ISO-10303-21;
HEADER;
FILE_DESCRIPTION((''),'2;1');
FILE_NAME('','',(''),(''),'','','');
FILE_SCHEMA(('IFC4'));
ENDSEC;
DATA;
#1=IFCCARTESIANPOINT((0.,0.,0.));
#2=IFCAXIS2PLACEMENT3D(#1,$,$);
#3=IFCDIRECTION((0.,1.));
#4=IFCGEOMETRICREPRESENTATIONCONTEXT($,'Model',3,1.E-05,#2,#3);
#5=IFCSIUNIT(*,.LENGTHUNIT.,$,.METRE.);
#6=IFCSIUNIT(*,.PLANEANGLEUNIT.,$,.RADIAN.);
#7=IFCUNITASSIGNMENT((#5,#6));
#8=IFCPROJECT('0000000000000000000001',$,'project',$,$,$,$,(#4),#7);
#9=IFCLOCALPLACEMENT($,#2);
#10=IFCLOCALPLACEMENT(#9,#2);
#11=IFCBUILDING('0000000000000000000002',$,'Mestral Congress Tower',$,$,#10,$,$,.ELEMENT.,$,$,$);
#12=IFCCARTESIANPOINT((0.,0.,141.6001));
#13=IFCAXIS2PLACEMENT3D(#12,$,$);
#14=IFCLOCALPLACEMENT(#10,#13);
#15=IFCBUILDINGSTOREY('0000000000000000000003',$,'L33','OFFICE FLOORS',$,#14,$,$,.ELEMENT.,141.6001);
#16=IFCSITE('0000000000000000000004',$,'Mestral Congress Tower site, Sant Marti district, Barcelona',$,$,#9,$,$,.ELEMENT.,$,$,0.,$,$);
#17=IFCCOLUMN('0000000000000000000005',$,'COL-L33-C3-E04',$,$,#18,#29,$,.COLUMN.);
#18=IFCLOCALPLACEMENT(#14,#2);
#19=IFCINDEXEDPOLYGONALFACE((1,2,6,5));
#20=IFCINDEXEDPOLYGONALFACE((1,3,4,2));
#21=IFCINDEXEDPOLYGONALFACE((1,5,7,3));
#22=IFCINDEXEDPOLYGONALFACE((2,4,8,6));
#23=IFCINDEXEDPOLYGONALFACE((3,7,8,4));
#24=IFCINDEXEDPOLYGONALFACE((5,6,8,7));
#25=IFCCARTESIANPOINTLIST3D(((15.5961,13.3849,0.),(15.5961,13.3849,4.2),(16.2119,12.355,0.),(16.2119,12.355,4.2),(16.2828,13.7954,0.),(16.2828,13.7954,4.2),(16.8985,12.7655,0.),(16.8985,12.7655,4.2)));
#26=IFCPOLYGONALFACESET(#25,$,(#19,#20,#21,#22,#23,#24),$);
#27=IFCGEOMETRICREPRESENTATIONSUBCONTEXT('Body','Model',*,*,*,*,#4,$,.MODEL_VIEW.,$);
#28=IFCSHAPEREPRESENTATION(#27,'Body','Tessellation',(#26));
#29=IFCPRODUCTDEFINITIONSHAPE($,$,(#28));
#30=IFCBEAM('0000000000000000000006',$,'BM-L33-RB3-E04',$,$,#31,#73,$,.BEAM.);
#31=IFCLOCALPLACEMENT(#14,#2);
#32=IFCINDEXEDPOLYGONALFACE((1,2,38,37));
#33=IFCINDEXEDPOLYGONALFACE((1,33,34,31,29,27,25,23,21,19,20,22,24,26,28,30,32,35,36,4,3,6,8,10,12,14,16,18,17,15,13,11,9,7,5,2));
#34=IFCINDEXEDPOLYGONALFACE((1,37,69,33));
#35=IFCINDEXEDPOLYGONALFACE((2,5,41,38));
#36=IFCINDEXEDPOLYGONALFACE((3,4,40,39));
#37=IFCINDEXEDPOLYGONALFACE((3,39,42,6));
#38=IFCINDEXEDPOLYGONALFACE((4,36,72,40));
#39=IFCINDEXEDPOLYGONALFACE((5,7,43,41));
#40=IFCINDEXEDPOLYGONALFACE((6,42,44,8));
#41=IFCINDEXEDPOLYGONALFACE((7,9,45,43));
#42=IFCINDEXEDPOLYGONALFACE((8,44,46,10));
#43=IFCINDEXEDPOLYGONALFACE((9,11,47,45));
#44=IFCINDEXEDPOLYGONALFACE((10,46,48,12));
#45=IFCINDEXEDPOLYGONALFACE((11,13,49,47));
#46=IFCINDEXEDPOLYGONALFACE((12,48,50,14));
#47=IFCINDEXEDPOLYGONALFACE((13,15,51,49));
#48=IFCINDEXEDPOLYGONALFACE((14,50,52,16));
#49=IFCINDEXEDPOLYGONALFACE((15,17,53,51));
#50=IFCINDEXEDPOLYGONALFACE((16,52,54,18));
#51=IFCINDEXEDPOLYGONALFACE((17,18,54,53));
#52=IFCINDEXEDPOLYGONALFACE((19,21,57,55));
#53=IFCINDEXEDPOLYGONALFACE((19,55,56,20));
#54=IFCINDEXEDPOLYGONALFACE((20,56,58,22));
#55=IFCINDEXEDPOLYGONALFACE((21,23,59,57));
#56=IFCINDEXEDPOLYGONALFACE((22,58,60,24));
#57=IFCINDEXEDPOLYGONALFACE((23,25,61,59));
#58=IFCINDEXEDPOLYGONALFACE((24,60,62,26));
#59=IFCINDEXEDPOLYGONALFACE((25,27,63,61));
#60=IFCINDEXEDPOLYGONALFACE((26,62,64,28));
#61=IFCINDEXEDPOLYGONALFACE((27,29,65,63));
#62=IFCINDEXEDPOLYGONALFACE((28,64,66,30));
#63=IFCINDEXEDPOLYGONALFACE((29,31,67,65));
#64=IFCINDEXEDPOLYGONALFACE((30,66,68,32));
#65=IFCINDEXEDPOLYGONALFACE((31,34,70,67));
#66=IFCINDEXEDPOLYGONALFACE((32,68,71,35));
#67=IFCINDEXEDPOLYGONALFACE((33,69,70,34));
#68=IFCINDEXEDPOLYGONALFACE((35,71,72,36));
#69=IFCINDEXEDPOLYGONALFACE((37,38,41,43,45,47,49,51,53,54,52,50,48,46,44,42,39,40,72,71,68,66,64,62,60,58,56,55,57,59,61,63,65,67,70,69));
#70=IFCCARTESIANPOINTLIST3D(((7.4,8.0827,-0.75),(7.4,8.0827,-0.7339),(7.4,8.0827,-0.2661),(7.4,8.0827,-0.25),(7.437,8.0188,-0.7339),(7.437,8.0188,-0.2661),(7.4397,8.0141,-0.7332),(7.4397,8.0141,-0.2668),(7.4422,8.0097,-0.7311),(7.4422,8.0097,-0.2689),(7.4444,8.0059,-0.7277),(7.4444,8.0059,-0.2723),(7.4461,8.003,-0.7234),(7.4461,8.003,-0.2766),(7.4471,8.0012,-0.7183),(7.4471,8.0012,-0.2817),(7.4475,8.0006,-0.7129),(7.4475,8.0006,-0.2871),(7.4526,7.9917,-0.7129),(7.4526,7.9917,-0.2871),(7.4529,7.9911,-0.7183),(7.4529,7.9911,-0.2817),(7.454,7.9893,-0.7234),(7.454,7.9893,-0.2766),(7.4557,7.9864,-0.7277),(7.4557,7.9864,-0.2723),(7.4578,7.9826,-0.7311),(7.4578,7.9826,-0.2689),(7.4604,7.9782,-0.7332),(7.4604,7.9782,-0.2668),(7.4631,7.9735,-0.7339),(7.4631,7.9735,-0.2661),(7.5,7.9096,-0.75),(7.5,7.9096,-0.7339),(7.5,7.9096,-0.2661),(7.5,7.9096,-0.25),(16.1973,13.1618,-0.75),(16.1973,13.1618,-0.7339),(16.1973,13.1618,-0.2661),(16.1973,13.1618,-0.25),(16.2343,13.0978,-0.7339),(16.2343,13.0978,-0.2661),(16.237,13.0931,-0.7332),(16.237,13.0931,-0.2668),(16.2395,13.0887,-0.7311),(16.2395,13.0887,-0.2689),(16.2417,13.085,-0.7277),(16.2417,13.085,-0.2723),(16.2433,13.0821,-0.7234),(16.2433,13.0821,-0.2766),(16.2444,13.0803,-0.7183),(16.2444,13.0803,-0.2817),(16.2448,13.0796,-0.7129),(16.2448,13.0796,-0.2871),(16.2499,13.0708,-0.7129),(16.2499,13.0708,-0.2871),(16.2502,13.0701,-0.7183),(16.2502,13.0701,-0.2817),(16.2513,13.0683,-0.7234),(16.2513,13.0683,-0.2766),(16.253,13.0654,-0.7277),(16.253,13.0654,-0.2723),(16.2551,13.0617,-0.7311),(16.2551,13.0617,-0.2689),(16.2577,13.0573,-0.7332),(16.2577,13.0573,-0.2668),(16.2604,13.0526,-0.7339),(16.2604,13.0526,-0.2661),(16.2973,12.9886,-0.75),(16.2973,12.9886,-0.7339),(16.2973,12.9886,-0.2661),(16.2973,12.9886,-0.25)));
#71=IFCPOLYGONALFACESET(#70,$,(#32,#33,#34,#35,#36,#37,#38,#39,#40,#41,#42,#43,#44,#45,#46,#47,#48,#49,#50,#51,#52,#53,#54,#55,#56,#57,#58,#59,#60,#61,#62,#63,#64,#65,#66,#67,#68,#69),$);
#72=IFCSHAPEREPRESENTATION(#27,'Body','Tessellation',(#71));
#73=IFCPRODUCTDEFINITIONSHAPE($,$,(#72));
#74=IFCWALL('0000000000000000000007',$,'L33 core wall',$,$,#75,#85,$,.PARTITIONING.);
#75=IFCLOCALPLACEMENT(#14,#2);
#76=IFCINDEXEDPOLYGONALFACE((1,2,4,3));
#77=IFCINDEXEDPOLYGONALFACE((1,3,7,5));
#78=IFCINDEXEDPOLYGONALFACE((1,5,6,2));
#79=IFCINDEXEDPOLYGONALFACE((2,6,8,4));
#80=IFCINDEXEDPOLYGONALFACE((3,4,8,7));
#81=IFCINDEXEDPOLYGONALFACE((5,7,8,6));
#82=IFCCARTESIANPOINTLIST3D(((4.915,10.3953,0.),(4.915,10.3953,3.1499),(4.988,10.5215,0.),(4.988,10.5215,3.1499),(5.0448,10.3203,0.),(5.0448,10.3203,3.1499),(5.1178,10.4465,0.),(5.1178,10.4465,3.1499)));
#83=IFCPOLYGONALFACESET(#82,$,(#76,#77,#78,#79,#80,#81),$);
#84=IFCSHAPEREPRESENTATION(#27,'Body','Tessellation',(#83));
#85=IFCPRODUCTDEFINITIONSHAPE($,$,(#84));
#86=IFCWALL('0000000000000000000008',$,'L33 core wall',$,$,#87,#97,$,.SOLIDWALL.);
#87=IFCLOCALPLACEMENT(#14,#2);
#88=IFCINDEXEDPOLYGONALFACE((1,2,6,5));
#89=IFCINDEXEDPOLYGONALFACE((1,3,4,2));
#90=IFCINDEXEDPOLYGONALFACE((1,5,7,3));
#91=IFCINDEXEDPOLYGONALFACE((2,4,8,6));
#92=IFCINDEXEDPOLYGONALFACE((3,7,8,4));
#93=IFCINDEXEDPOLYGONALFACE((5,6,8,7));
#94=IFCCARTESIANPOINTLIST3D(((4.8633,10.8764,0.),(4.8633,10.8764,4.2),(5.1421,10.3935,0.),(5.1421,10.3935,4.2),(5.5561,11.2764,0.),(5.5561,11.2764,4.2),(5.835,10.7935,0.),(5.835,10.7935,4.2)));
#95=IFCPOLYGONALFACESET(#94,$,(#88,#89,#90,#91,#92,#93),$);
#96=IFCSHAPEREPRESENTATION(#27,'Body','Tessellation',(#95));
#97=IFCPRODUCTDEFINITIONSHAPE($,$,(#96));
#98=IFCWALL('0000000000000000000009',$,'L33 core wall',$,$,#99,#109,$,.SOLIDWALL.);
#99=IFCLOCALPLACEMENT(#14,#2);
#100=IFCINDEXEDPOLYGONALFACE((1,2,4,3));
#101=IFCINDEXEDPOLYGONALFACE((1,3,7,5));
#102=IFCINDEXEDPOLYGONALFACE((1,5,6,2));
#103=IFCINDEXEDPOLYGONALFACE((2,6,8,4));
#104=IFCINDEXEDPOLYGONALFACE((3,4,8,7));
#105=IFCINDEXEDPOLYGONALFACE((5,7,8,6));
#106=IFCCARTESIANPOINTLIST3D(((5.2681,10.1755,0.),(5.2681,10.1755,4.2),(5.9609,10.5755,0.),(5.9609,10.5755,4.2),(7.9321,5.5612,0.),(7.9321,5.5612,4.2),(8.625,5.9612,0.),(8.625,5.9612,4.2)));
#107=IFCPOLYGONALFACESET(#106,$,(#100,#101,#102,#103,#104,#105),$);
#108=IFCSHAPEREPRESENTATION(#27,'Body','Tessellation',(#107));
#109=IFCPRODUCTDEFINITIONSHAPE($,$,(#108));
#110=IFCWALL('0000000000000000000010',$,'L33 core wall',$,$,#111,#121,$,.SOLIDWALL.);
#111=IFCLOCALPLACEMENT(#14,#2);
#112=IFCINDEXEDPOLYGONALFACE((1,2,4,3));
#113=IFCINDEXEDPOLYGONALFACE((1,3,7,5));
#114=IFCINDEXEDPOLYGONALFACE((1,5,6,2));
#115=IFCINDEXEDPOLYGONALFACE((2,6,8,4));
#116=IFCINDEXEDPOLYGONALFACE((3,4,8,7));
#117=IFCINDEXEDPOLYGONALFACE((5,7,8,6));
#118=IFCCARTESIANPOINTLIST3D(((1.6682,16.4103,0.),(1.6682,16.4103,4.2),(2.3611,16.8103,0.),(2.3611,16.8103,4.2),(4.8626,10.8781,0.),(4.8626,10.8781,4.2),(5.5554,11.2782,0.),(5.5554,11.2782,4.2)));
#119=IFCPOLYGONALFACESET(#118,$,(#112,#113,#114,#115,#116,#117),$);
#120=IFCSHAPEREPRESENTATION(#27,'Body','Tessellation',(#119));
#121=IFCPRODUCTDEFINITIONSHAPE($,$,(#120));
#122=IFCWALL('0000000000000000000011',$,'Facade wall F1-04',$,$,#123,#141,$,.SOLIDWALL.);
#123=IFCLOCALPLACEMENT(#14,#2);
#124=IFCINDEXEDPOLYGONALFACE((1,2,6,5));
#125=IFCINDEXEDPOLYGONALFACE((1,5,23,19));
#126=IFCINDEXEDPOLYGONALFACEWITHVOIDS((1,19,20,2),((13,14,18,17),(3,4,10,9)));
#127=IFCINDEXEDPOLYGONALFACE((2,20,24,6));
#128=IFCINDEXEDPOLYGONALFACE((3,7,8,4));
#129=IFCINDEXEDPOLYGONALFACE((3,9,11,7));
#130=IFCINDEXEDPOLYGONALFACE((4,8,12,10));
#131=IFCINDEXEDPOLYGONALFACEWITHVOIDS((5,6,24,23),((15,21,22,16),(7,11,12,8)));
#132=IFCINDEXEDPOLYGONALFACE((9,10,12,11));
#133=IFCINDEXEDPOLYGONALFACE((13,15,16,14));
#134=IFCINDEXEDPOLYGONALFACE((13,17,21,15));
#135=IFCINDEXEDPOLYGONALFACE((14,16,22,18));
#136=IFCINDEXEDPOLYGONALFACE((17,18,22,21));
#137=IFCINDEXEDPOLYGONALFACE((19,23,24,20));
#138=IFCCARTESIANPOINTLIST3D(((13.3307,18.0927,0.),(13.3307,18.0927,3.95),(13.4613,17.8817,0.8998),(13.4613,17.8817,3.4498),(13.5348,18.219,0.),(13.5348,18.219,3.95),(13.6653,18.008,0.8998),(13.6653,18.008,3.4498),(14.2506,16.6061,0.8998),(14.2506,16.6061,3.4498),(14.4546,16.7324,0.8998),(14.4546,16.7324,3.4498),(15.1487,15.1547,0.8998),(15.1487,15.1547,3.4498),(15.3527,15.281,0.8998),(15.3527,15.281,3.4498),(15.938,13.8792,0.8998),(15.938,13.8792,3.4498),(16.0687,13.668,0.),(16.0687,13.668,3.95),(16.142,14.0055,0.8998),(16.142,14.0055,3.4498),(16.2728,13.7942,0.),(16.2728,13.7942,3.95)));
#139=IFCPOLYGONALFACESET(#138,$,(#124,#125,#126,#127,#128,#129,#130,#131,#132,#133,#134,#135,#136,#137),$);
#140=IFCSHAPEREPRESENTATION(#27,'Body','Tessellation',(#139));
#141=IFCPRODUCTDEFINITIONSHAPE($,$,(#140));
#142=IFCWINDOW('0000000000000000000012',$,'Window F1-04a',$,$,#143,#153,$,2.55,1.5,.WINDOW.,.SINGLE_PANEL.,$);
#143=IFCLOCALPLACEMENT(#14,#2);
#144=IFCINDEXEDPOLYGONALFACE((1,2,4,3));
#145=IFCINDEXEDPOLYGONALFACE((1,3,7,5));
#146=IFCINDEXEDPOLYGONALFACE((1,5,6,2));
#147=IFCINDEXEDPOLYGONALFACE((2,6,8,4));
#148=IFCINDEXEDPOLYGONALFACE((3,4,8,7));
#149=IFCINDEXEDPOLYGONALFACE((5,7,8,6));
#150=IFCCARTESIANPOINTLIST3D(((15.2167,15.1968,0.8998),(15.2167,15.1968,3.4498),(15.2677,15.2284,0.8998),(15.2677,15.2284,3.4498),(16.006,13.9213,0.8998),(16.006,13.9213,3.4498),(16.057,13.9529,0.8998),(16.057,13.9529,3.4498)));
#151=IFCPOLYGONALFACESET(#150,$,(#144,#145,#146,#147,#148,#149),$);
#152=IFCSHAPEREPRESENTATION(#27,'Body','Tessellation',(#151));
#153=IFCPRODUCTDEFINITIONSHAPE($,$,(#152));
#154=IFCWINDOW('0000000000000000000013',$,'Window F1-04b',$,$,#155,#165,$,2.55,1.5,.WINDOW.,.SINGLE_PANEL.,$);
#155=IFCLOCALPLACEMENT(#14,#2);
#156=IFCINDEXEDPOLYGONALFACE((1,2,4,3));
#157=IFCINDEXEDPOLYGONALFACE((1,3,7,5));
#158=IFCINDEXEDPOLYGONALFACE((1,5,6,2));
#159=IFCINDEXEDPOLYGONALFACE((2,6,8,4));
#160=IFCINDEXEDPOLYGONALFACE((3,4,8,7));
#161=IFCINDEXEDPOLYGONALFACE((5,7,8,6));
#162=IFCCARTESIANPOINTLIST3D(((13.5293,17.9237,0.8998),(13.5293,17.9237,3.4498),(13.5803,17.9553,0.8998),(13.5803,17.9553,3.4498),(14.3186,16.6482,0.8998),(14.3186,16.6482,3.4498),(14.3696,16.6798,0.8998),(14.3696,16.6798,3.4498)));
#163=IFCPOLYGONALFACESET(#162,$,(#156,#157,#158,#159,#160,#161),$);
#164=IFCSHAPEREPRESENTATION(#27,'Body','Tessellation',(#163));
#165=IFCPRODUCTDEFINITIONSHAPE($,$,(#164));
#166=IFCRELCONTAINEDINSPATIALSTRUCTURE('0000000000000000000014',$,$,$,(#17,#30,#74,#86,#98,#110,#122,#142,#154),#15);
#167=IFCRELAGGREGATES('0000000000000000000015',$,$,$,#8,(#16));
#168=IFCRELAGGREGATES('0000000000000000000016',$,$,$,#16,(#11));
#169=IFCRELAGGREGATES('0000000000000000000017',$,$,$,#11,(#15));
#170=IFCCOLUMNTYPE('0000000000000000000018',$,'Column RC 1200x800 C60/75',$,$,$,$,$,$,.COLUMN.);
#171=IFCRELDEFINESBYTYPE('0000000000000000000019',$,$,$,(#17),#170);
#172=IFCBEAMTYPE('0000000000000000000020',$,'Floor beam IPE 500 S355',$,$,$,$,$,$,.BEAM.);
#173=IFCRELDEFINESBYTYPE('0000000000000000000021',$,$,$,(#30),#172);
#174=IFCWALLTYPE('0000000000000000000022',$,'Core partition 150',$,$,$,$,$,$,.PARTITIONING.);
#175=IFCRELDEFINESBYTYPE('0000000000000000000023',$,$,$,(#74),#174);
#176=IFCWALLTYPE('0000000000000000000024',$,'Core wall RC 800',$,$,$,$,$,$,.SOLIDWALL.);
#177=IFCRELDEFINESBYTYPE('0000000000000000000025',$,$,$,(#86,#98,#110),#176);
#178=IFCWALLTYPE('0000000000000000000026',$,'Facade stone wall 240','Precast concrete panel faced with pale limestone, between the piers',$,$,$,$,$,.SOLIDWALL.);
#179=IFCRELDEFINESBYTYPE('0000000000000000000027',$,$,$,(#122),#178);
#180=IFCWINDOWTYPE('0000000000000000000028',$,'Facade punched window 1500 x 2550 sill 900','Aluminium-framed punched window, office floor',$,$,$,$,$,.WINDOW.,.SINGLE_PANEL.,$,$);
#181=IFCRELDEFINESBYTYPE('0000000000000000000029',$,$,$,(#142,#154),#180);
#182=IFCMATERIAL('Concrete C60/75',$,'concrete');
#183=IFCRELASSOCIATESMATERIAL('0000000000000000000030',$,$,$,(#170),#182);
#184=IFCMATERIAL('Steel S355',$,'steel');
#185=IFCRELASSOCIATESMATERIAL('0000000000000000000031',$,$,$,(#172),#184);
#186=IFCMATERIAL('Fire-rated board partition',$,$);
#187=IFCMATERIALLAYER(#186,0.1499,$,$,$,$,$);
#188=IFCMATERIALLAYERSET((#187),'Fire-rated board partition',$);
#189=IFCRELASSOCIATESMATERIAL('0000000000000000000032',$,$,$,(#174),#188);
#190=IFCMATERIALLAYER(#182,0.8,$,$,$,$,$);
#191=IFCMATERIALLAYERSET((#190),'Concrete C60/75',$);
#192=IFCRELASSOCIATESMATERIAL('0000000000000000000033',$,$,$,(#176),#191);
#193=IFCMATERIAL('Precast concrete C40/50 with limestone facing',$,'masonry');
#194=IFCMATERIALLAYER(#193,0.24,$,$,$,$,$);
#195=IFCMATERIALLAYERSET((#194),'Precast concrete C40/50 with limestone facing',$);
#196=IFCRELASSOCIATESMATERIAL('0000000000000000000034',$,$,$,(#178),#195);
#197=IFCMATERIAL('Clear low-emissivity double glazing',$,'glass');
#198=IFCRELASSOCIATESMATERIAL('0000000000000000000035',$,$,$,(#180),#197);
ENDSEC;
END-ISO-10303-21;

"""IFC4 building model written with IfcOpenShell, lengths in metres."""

from ifc_helpers import new_model, si_unit, direction, frame, frame_2d, origin, origin_2d, place, context, subcontext, project, spatial, rectangle, i_section, extrude, material, layer, layer_set, material_profile, profile_set, type_object, element, fill, save


model = new_model("IFC4")

# Units and contexts
model_context = context("Model", 3, precision=1e-05, world=origin(), true_north=direction((0.0, 1.0)))
body_context = subcontext(model_context, "Body", "Model", "MODEL_VIEW")
ifc_project = project(units=[si_unit("LENGTHUNIT", "METRE"), si_unit("PLANEANGLEUNIT", "RADIAN")], contexts=[model_context])

# Site, building, storey
site_placement = place(None, origin())
site = spatial("IfcSite", under=ifc_project, at=site_placement, Name="Mestral Congress Tower site, Sant Marti district, Barcelona", CompositionType="ELEMENT", RefElevation=0.0)
building_placement = place(site_placement, origin())
building = spatial("IfcBuilding", under=site, at=building_placement, Name="Mestral Congress Tower", CompositionType="ELEMENT")
storey_placement = place(building_placement, frame((0.0, 0.0, 141.6001)))
storey = spatial("IfcBuildingStorey", under=building, at=storey_placement, Name="L33", Description="OFFICE FLOORS", CompositionType="ELEMENT", Elevation=141.6001)

# Column
ifc_material_1 = material(Name="Concrete C60/75", Category="concrete")
ifc_material_profile_1 = material_profile(ifc_material_1, rectangle(XDim=1.2, YDim=0.8, at=origin_2d()), Name="RC 1200x800")
ifc_profile_set_1 = profile_set([ifc_material_profile_1], Name="Concrete C60/75")
column_type = type_object("IfcColumnType", Name="Column RC 1200x800 C60/75", PredefinedType="COLUMN", material=ifc_profile_set_1)
column_placement = place(storey_placement, frame((16.2473, 13.0752, 0.0), z_axis=(0.0, 0.0, 1.0), x_axis=(-0.513159, 0.858293, 0.0)))
element("IfcColumn", 1, at=column_placement, inside=storey, type_object=column_type, Name="COL-L33-C3-E04", PredefinedType="COLUMN", context=body_context, shape_type="SweptSolid", body=[
    extrude(rectangle(XDim=1.2, YDim=0.8, at=origin_2d()), origin(), (0.0, 0.0, 1.0), 4.2),
])

# Beam
ifc_material_2 = material(Name="Steel S355", Category="steel")
ifc_material_profile_2 = material_profile(ifc_material_2, i_section(OverallWidth=0.2, OverallDepth=0.5, WebThickness=0.0103, FlangeThickness=0.0161, FilletRadius=0.021, at=origin_2d()), Name="IPE 500")
ifc_profile_set_2 = profile_set([ifc_material_profile_2], Name="Steel S355")
beam_type = type_object("IfcBeamType", Name="Floor beam IPE 500 S355", PredefinedType="BEAM", material=ifc_profile_set_2)
beam_placement = place(storey_placement, frame((16.2473, 13.0752, -0.5), z_axis=(-0.866028, -0.499996, 0.0), x_axis=(0.499996, -0.866028, 0.0)))
element("IfcBeam", 2, at=beam_placement, inside=storey, type_object=beam_type, Name="BM-L33-RB3-E04", PredefinedType="BEAM", context=body_context, shape_type="SweptSolid", body=[
    extrude(i_section(OverallWidth=0.2, OverallDepth=0.5, WebThickness=0.0103, FlangeThickness=0.0161, FilletRadius=0.021, at=origin_2d()), origin(), (0.0, 0.0, 1.0), 10.1582),
])

# Walls
ifc_material_3 = material(Name="Fire-rated board partition")
ifc_layer_1 = layer(ifc_material_3, 0.1499)
ifc_layer_set_1 = layer_set([ifc_layer_1], Name="Fire-rated board partition")
wall_type_1 = type_object("IfcWallType", Name="Core partition 150", PredefinedType="PARTITIONING", material=ifc_layer_set_1)
wall_1_placement = place(storey_placement, frame((4.98, 10.3579, 0.0), z_axis=(0.0, 0.0, 1.0), x_axis=(0.50064, 0.865655, 0.0)))
element("IfcWall", 3, at=wall_1_placement, inside=storey, type_object=wall_type_1, Name="L33 core wall", PredefinedType="PARTITIONING", context=body_context, shape_type="SweptSolid", body=[
    extrude(rectangle(XDim=0.1458, YDim=0.1499, at=frame_2d((0.0728, 0.0))), origin(), (0.0, 0.0, 1.0), 3.1499),
])
ifc_layer_2 = layer(ifc_material_1, 0.8)
ifc_layer_set_2 = layer_set([ifc_layer_2], Name="Concrete C60/75")
wall_type_2 = type_object("IfcWallType", Name="Core wall RC 800", PredefinedType="SOLIDWALL", material=ifc_layer_set_2)
wall_2_placement = place(storey_placement, frame((5.4885, 10.5935, 0.0), z_axis=(0.0, 0.0, 1.0), x_axis=(-0.5, 0.866025, 0.0)))
element("IfcWall", 4, at=wall_2_placement, inside=storey, type_object=wall_type_2, Name="L33 core wall", PredefinedType="SOLIDWALL", context=body_context, shape_type="SweptSolid", body=[
    extrude(rectangle(XDim=0.5576, YDim=0.8, at=frame_2d((0.2788, 0.0))), origin(), (0.0, 0.0, 1.0), 4.2),
])
wall_3_placement = place(storey_placement, frame((5.6145, 10.3755, 0.0), z_axis=(0.0, 0.0, 1.0), x_axis=(0.500003, -0.866024, 0.0)))
element("IfcWall", 5, at=wall_3_placement, inside=storey, type_object=wall_type_2, Name="L33 core wall", PredefinedType="SOLIDWALL", context=body_context, shape_type="SweptSolid", body=[
    extrude(rectangle(XDim=5.3281, YDim=0.8, at=frame_2d((2.6641, 0.0))), origin(), (0.0, 0.0, 1.0), 4.2),
])
wall_4_placement = place(storey_placement, frame((5.209, 11.0781, 0.0), z_axis=(0.0, 0.0, 1.0), x_axis=(-0.500036, 0.866005, 0.0)))
element("IfcWall", 6, at=wall_4_placement, inside=storey, type_object=wall_type_2, Name="L33 core wall", PredefinedType="SOLIDWALL", context=body_context, shape_type="SweptSolid", body=[
    extrude(rectangle(XDim=6.3882, YDim=0.8, at=frame_2d((3.1941, 0.0))), origin(), (0.0, 0.0, 1.0), 4.2),
])

# Wall, openings, windows
ifc_material_4 = material(Name="Precast concrete C40/50 with limestone facing", Category="masonry")
ifc_layer_3 = layer(ifc_material_4, 0.24)
ifc_layer_set_3 = layer_set([ifc_layer_3], Name="Precast concrete C40/50 with limestone facing")
wall_type_3 = type_object("IfcWallType", Name="Facade stone wall 240", Description="Precast concrete panel faced with pale limestone, between the piers", PredefinedType="SOLIDWALL", material=ifc_layer_set_3)
wall_5_placement = place(storey_placement, frame((16.1707, 13.7312, 0.0), z_axis=(0.0, 0.0, 1.0), x_axis=(-0.526198, 0.850362, 0.0)))
wall_5 = element("IfcWall", 7, at=wall_5_placement, inside=storey, type_object=wall_type_3, Name="Facade wall F1-04", PredefinedType="SOLIDWALL", context=body_context, shape_type="SweptSolid", body=[
    extrude(rectangle(XDim=5.2034, YDim=0.24, at=frame_2d((2.6016, 0.0))), origin(), (0.0, 0.0, 1.0), 3.95),
])
opening_1_placement = place(wall_5_placement, frame((0.2483, 0.0, 0.8999)))
opening_1 = element("IfcOpeningElement", 8, at=opening_1_placement, cuts=wall_5, PredefinedType="OPENING", context=body_context, shape_type="SweptSolid", body=[
    extrude(rectangle(XDim=1.5, YDim=2.55, at=frame_2d((0.75, 1.2749))), frame((0.0, 0.1299, 0.0), z_axis=(0.0, -1.0, 0.0), x_axis=(1.0, 0.0, 0.0)), (0.0, 0.0, 1.0), 0.26),
])
opening_2_placement = place(wall_5_placement, frame((3.4551, 0.0, 0.8999)))
opening_2 = element("IfcOpeningElement", 9, at=opening_2_placement, cuts=wall_5, PredefinedType="OPENING", context=body_context, shape_type="SweptSolid", body=[
    extrude(rectangle(XDim=1.5, YDim=2.55, at=frame_2d((0.75, 1.2749))), frame((0.0, 0.1299, 0.0), z_axis=(0.0, -1.0, 0.0), x_axis=(1.0, 0.0, 0.0)), (0.0, 0.0, 1.0), 0.26),
])
ifc_material_5 = material(Name="Clear low-emissivity double glazing", Category="glass")
window_type = type_object("IfcWindowType", Name="Facade punched window 1500 x 2550 sill 900", Description="Aluminium-framed punched window, office floor", PartitioningType="SINGLE_PANEL", PredefinedType="WINDOW", material=ifc_material_5)
window_1_placement = place(opening_1_placement, origin())
window_1 = element("IfcWindow", 10, at=window_1_placement, inside=storey, type_object=window_type, Name="Window F1-04a", OverallHeight=2.55, OverallWidth=1.5, PartitioningType="SINGLE_PANEL", PredefinedType="WINDOW", context=body_context, shape_type="SweptSolid", body=[
    extrude(rectangle(XDim=1.5, YDim=2.55, at=frame_2d((0.75, 1.2749))), frame((0.0, 0.04, 0.0), z_axis=(0.0, -1.0, 0.0), x_axis=(1.0, 0.0, 0.0)), (0.0, 0.0, 1.0), 0.0601),
])
fill(opening_1, window_1)
window_2_placement = place(opening_2_placement, origin())
window_2 = element("IfcWindow", 11, at=window_2_placement, inside=storey, type_object=window_type, Name="Window F1-04b", OverallHeight=2.55, OverallWidth=1.5, PartitioningType="SINGLE_PANEL", PredefinedType="WINDOW", context=body_context, shape_type="SweptSolid", body=[
    extrude(rectangle(XDim=1.5, YDim=2.55, at=frame_2d((0.75, 1.2749))), frame((0.0, 0.04, 0.0), z_axis=(0.0, -1.0, 0.0), x_axis=(1.0, 0.0, 0.0)), (0.0, 0.0, 1.0), 0.0601),
])
fill(opening_2, window_2)

save(model, "model.ifc")
